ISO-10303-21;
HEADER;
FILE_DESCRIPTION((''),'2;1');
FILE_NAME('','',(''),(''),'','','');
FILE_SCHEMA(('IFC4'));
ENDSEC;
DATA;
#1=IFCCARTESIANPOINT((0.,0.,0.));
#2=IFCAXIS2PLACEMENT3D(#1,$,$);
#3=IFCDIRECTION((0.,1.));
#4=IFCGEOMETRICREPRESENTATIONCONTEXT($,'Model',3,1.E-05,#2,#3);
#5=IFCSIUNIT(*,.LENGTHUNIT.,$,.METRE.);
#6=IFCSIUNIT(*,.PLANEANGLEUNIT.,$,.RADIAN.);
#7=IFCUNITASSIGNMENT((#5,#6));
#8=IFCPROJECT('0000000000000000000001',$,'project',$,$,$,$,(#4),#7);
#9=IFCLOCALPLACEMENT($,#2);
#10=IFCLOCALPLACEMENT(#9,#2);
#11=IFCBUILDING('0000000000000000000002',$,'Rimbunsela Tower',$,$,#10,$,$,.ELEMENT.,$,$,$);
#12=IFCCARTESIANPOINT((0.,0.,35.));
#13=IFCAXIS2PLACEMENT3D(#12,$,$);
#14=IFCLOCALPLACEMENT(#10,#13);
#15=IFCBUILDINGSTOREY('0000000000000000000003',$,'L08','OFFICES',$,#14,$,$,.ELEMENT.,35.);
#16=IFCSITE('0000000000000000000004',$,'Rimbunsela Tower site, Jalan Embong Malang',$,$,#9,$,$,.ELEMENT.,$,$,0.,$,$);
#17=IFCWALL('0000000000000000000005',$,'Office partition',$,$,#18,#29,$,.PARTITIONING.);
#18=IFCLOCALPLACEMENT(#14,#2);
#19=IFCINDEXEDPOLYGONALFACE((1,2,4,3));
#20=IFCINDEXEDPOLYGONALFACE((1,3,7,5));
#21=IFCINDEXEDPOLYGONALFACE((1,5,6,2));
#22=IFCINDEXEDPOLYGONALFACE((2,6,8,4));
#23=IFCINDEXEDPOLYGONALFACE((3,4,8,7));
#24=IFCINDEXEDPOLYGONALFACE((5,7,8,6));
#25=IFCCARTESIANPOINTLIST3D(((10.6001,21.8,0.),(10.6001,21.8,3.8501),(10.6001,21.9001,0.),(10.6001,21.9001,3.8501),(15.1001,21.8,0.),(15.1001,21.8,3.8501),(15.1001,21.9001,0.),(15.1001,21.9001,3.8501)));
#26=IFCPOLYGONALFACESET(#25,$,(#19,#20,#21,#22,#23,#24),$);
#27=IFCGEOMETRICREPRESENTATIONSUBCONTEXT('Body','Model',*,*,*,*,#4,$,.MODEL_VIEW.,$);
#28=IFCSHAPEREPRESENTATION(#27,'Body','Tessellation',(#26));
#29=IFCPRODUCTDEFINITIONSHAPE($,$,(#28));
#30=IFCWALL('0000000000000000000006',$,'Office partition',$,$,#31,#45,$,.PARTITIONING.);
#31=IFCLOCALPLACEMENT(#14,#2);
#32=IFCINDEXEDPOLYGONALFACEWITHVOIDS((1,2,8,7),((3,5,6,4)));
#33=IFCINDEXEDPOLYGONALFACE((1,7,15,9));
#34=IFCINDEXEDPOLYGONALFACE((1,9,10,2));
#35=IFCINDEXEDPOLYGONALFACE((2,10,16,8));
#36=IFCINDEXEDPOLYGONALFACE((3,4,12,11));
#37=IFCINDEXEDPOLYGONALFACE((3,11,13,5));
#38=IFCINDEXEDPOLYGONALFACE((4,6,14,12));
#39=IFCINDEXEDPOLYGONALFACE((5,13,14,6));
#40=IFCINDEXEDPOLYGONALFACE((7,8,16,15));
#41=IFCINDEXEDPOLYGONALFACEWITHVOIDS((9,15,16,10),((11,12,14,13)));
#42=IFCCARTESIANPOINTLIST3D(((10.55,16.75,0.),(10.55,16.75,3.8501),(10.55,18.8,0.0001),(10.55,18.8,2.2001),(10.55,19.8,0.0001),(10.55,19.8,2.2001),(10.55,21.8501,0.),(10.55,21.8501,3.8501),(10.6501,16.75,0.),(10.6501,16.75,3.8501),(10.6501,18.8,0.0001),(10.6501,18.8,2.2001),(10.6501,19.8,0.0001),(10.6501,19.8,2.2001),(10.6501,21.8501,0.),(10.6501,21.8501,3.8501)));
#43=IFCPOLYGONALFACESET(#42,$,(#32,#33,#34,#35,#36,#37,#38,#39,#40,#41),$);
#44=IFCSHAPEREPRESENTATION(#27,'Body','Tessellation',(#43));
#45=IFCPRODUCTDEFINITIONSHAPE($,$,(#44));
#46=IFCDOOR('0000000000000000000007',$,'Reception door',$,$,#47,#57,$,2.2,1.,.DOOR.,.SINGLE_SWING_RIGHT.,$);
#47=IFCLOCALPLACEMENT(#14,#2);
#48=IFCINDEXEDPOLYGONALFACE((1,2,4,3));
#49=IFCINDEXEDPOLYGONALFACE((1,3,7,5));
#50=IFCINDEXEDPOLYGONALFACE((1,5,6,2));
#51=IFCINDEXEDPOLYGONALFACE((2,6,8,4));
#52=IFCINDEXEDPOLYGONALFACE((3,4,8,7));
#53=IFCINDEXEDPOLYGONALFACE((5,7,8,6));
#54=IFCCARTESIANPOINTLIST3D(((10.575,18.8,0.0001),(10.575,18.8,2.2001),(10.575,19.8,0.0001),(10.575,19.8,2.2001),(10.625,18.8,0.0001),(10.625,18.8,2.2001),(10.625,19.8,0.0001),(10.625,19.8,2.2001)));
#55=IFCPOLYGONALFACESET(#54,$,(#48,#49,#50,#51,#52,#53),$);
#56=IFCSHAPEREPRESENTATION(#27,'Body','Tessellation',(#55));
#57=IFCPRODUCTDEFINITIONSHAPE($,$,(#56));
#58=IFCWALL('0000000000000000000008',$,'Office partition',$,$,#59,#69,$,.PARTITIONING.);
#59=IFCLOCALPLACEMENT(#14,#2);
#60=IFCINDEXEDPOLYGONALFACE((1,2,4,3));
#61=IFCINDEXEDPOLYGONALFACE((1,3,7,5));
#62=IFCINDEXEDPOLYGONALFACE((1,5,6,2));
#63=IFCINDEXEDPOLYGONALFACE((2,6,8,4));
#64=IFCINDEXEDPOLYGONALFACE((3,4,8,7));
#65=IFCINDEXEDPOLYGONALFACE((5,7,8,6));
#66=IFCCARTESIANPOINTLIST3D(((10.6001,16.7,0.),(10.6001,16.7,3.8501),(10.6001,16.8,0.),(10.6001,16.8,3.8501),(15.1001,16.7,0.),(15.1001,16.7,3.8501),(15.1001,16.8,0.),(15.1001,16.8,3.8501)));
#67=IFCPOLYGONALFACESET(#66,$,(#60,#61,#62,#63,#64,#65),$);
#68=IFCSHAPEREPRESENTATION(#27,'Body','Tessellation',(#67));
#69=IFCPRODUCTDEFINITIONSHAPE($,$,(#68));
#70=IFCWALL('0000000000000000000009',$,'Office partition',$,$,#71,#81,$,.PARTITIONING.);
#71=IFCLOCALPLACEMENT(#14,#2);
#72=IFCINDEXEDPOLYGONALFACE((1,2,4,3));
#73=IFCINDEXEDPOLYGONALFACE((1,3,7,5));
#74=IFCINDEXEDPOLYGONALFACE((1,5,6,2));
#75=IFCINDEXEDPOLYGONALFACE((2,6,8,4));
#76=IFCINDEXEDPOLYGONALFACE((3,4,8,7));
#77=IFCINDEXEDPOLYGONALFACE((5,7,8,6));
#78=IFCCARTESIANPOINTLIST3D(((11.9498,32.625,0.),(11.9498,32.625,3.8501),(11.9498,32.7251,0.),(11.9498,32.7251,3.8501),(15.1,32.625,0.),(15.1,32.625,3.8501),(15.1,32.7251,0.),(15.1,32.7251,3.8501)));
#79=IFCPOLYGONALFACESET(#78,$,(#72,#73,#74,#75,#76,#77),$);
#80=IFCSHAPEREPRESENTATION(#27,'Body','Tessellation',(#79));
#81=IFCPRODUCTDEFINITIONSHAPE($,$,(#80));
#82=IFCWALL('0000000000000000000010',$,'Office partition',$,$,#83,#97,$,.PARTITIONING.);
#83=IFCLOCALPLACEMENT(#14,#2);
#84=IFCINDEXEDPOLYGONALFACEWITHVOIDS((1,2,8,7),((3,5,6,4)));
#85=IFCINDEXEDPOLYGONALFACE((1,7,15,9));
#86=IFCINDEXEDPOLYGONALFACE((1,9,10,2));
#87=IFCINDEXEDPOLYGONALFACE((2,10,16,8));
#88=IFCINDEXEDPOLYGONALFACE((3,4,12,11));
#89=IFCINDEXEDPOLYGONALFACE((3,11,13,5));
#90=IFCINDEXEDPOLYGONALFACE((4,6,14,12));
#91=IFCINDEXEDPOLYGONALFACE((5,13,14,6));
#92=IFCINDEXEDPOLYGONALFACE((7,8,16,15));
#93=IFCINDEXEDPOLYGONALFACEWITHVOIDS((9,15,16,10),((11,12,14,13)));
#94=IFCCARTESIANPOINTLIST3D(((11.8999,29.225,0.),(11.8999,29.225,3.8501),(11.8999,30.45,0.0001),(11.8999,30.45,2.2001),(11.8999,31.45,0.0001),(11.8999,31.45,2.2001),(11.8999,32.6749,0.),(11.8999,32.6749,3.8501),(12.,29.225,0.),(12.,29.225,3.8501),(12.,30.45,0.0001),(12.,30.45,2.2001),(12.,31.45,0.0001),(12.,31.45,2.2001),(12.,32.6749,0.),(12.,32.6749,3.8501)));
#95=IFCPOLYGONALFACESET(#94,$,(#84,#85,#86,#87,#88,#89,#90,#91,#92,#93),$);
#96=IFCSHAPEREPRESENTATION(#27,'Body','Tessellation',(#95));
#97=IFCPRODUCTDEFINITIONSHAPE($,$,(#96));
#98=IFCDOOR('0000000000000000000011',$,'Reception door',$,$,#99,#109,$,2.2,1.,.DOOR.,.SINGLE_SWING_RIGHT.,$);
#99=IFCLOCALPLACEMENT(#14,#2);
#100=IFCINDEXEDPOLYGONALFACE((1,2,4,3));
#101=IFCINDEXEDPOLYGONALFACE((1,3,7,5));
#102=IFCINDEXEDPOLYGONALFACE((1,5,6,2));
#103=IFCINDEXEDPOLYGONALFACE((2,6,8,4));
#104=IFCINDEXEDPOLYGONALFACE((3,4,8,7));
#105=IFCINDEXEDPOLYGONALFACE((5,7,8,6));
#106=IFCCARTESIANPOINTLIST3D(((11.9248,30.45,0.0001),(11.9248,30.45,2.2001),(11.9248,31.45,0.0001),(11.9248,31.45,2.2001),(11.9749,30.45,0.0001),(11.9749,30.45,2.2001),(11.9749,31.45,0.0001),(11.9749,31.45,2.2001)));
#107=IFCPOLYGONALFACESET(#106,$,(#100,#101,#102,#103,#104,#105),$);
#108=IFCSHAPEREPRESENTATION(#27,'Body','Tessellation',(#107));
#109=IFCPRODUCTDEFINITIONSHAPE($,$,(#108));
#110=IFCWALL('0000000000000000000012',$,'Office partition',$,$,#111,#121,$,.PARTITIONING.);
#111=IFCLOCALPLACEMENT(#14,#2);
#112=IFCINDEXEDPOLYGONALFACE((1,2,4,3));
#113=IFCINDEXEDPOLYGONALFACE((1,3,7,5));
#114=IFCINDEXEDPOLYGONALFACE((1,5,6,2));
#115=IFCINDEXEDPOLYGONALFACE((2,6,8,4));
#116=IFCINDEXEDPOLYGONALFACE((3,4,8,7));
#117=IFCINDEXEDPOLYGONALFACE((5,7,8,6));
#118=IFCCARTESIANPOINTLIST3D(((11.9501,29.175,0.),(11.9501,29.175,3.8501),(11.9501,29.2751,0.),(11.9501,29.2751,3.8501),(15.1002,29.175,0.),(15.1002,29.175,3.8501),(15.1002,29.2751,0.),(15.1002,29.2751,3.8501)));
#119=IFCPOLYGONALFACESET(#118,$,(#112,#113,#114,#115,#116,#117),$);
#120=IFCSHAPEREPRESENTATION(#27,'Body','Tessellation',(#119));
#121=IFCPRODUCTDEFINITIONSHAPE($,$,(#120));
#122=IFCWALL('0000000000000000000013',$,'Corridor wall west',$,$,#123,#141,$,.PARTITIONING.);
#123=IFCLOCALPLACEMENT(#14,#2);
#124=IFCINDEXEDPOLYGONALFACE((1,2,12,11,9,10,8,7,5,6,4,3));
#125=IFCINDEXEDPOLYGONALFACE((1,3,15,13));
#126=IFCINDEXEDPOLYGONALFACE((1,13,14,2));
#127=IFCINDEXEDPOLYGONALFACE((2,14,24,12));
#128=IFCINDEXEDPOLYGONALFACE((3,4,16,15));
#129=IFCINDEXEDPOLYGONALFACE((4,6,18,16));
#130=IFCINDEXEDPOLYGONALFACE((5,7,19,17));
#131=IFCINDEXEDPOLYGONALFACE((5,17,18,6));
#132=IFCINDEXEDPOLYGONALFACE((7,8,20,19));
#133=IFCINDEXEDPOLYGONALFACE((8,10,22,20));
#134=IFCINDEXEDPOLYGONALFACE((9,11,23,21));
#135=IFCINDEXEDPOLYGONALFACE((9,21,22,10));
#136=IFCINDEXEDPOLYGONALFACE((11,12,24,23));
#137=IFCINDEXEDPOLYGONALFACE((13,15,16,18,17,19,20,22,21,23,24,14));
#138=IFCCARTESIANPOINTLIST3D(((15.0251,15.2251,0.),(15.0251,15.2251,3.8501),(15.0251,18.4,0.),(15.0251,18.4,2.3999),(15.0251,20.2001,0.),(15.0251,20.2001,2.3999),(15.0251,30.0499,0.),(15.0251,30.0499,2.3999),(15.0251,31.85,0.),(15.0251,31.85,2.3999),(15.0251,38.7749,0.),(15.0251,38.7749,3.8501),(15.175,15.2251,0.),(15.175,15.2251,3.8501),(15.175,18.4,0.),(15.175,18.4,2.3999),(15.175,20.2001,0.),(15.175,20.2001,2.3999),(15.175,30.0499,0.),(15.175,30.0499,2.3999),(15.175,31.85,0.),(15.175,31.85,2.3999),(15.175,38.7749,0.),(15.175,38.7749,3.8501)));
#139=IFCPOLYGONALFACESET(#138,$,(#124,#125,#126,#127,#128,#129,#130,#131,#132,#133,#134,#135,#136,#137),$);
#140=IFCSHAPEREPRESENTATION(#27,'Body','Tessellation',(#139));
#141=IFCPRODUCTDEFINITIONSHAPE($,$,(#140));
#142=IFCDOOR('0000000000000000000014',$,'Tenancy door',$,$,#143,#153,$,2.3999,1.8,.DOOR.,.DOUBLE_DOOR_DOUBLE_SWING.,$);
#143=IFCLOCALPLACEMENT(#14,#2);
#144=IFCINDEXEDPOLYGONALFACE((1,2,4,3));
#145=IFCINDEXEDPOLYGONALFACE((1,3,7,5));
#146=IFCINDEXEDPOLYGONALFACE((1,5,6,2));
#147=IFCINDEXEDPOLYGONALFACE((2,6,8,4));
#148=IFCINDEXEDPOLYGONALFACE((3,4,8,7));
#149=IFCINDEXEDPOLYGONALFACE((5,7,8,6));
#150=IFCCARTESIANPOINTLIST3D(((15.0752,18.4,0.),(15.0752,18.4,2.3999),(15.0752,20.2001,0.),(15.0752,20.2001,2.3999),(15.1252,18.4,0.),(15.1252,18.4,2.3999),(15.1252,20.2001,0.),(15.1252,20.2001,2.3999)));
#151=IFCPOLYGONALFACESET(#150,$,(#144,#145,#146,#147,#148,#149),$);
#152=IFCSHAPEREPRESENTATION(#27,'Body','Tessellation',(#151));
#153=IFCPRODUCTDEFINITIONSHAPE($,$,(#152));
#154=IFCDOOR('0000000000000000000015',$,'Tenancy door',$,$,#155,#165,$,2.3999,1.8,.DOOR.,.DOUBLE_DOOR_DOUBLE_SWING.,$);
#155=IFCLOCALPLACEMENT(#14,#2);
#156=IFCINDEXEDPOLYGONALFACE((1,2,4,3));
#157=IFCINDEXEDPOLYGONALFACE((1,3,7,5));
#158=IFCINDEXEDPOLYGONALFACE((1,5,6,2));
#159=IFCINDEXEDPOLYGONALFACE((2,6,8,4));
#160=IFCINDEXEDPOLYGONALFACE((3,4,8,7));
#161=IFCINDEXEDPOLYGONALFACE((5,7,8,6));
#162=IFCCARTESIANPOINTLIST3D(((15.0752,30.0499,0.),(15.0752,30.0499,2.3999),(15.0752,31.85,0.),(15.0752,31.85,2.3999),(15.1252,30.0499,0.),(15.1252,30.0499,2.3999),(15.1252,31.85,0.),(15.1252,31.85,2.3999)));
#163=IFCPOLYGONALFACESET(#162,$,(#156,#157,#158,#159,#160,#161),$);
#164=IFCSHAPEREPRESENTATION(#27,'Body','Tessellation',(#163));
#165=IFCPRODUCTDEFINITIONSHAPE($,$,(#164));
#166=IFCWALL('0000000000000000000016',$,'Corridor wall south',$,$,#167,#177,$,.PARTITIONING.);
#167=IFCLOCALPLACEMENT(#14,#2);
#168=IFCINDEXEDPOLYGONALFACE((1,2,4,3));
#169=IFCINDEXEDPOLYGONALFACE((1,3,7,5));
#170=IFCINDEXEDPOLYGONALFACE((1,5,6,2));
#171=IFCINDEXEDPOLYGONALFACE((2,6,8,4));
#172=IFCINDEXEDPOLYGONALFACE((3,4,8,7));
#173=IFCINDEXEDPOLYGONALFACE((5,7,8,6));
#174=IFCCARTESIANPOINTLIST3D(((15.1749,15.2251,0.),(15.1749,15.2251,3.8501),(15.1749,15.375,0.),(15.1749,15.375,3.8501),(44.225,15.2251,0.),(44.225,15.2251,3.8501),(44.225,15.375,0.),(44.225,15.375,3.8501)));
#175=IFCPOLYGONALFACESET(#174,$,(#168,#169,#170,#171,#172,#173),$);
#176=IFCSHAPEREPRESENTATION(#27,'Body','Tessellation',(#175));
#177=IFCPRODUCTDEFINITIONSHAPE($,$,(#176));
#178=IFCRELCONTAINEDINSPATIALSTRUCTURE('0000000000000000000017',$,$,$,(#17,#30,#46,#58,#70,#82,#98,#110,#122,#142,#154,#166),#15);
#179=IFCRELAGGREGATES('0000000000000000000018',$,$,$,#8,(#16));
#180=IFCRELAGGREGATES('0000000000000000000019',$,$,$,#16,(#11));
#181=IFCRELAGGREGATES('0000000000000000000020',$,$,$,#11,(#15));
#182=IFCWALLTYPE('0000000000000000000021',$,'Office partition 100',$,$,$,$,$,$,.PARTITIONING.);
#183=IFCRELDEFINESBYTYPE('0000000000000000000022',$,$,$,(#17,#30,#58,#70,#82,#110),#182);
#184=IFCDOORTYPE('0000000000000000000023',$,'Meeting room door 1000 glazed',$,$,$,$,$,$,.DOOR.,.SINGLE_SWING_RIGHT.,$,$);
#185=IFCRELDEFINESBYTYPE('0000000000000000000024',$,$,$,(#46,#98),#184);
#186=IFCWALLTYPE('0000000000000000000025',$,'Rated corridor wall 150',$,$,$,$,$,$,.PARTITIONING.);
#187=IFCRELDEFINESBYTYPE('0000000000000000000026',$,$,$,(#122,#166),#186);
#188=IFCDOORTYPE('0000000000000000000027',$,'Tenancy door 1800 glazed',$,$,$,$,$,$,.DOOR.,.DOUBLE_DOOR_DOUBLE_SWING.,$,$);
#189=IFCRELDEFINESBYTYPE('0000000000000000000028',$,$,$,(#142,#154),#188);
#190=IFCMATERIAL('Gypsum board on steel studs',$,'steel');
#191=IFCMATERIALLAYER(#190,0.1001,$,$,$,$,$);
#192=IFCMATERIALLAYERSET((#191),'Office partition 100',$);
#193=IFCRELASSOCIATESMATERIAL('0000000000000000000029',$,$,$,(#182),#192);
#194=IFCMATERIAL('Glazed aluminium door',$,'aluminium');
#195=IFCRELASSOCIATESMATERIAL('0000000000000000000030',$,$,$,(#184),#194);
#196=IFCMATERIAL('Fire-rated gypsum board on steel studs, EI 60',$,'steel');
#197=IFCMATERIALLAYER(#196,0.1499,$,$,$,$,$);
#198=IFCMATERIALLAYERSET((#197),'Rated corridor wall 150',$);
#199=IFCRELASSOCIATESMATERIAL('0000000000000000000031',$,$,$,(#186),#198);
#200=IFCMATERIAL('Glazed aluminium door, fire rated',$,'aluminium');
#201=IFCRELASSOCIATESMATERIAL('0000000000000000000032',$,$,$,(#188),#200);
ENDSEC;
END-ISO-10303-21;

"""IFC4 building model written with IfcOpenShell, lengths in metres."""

from ifc_helpers import new_model, si_unit, direction, frame, frame_2d, origin, place, context, subcontext, project, spatial, rectangle, extrude, material, layer, layer_set, type_object, element, fill, save


model = new_model("IFC4")

# Units and contexts
model_context = context("Model", 3, precision=1e-05, world=origin(), true_north=direction((0.0, 1.0)))
body_context = subcontext(model_context, "Body", "Model", "MODEL_VIEW")
ifc_project = project(units=[si_unit("LENGTHUNIT", "METRE"), si_unit("PLANEANGLEUNIT", "RADIAN")], contexts=[model_context])

# Site, building, storey
site_placement = place(None, origin())
site = spatial("IfcSite", under=ifc_project, at=site_placement, Name="Rimbunsela Tower site, Jalan Embong Malang", CompositionType="ELEMENT", RefElevation=0.0)
building_placement = place(site_placement, origin())
building = spatial("IfcBuilding", under=site, at=building_placement, Name="Rimbunsela Tower", CompositionType="ELEMENT")
storey_placement = place(building_placement, frame((0.0, 0.0, 35.0)))
storey = spatial("IfcBuildingStorey", under=building, at=storey_placement, Name="L08", Description="OFFICES", CompositionType="ELEMENT", Elevation=35.0)

# Wall
ifc_material_1 = material(Name="Gypsum board on steel studs", Category="steel")
ifc_layer_1 = layer(ifc_material_1, 0.1001)
ifc_layer_set_1 = layer_set([ifc_layer_1], Name="Office partition 100")
wall_type_1 = type_object("IfcWallType", Name="Office partition 100", PredefinedType="PARTITIONING", material=ifc_layer_set_1)
wall_1_placement = place(storey_placement, frame((15.1001, 21.8501, 0.0), z_axis=(0.0, 0.0, 1.0), x_axis=(-1.0, 0.0, 0.0)))
element("IfcWall", 1, at=wall_1_placement, inside=storey, type_object=wall_type_1, Name="Office partition", PredefinedType="PARTITIONING", context=body_context, shape_type="SweptSolid", body=[
    extrude(rectangle(XDim=4.5, YDim=0.1001, at=frame_2d((2.25, 0.0))), origin(), (0.0, 0.0, 1.0), 3.8501),
])

# Wall, opening, door
wall_2_placement = place(storey_placement, frame((10.6001, 21.8501, 0.0), z_axis=(0.0, 0.0, 1.0), x_axis=(0.0, -1.0, 0.0)))
wall_2 = element("IfcWall", 2, at=wall_2_placement, inside=storey, type_object=wall_type_1, Name="Office partition", PredefinedType="PARTITIONING", context=body_context, shape_type="SweptSolid", body=[
    extrude(rectangle(XDim=5.1001, YDim=0.1001, at=frame_2d((2.55, 0.0))), origin(), (0.0, 0.0, 1.0), 3.8501),
])
opening_1_placement = place(wall_2_placement, frame((2.05, 0.0, 0.0)))
opening_1 = element("IfcOpeningElement", 3, at=opening_1_placement, cuts=wall_2, PredefinedType="OPENING", context=body_context, shape_type="SweptSolid", body=[
    extrude(rectangle(XDim=1.0, YDim=2.2, at=frame_2d((0.5, 1.1001))), frame((0.0, 0.0601, 0.0), z_axis=(0.0, -1.0, 0.0), x_axis=(1.0, 0.0, 0.0)), (0.0, 0.0, 1.0), 0.1201),
])
ifc_material_2 = material(Name="Glazed aluminium door", Category="aluminium")
door_type_1 = type_object("IfcDoorType", Name="Meeting room door 1000 glazed", OperationType="SINGLE_SWING_RIGHT", PredefinedType="DOOR", material=ifc_material_2)
door_1_placement = place(opening_1_placement, origin())
door_1 = element("IfcDoor", 4, at=door_1_placement, inside=storey, type_object=door_type_1, Name="Reception door", OperationType="SINGLE_SWING_RIGHT", OverallHeight=2.2, OverallWidth=1.0, PredefinedType="DOOR", context=body_context, shape_type="SweptSolid", body=[
    extrude(rectangle(XDim=1.0, YDim=2.2, at=frame_2d((0.5, 1.1001))), frame((0.0, 0.0249, 0.0), z_axis=(0.0, -1.0, 0.0), x_axis=(1.0, 0.0, 0.0)), (0.0, 0.0, 1.0), 0.05),
])
fill(opening_1, door_1)

# Walls
wall_3_placement = place(storey_placement, frame((10.6001, 16.75, 0.0), z_axis=(0.0, 0.0, 1.0), x_axis=(1.0, 0.0, 0.0)))
element("IfcWall", 5, at=wall_3_placement, inside=storey, type_object=wall_type_1, Name="Office partition", PredefinedType="PARTITIONING", context=body_context, shape_type="SweptSolid", body=[
    extrude(rectangle(XDim=4.5, YDim=0.1001, at=frame_2d((2.25, 0.0))), origin(), (0.0, 0.0, 1.0), 3.8501),
])
wall_4_placement = place(storey_placement, frame((15.1001, 32.675, 0.0), z_axis=(0.0, 0.0, 1.0), x_axis=(-1.0, 0.0, 0.0)))
element("IfcWall", 6, at=wall_4_placement, inside=storey, type_object=wall_type_1, Name="Office partition", PredefinedType="PARTITIONING", context=body_context, shape_type="SweptSolid", body=[
    extrude(rectangle(XDim=3.1501, YDim=0.1001, at=frame_2d((1.5752, 0.0))), origin(), (0.0, 0.0, 1.0), 3.8501),
])

# Wall, opening, door
wall_5_placement = place(storey_placement, frame((11.95, 32.675, 0.0), z_axis=(0.0, 0.0, 1.0), x_axis=(0.0, -1.0, 0.0)))
wall_5 = element("IfcWall", 7, at=wall_5_placement, inside=storey, type_object=wall_type_1, Name="Office partition", PredefinedType="PARTITIONING", context=body_context, shape_type="SweptSolid", body=[
    extrude(rectangle(XDim=3.45, YDim=0.1001, at=frame_2d((1.7251, 0.0))), origin(), (0.0, 0.0, 1.0), 3.8501),
])
opening_2_placement = place(wall_5_placement, frame((1.2251, 0.0, 0.0)))
opening_2 = element("IfcOpeningElement", 8, at=opening_2_placement, cuts=wall_5, PredefinedType="OPENING", context=body_context, shape_type="SweptSolid", body=[
    extrude(rectangle(XDim=1.0, YDim=2.2, at=frame_2d((0.5, 1.1001))), frame((0.0, 0.0601, 0.0), z_axis=(0.0, -1.0, 0.0), x_axis=(1.0, 0.0, 0.0)), (0.0, 0.0, 1.0), 0.1201),
])
door_2_placement = place(opening_2_placement, origin())
door_2 = element("IfcDoor", 9, at=door_2_placement, inside=storey, type_object=door_type_1, Name="Reception door", OperationType="SINGLE_SWING_RIGHT", OverallHeight=2.2, OverallWidth=1.0, PredefinedType="DOOR", context=body_context, shape_type="SweptSolid", body=[
    extrude(rectangle(XDim=1.0, YDim=2.2, at=frame_2d((0.5, 1.1001))), frame((0.0, 0.0249, 0.0), z_axis=(0.0, -1.0, 0.0), x_axis=(1.0, 0.0, 0.0)), (0.0, 0.0, 1.0), 0.05),
])
fill(opening_2, door_2)

# Wall
wall_6_placement = place(storey_placement, frame((11.95, 29.2251, 0.0), z_axis=(0.0, 0.0, 1.0), x_axis=(1.0, 0.0, 0.0)))
element("IfcWall", 10, at=wall_6_placement, inside=storey, type_object=wall_type_1, Name="Office partition", PredefinedType="PARTITIONING", context=body_context, shape_type="SweptSolid", body=[
    extrude(rectangle(XDim=3.1501, YDim=0.1001, at=frame_2d((1.5752, 0.0))), origin(), (0.0, 0.0, 1.0), 3.8501),
])

# Wall, openings, doors
ifc_material_3 = material(Name="Fire-rated gypsum board on steel studs, EI 60", Category="steel")
ifc_layer_2 = layer(ifc_material_3, 0.1499)
ifc_layer_set_2 = layer_set([ifc_layer_2], Name="Rated corridor wall 150")
wall_type_2 = type_object("IfcWallType", Name="Rated corridor wall 150", PredefinedType="PARTITIONING", material=ifc_layer_set_2)
wall_7_placement = place(storey_placement, frame((15.1001, 15.2251, 0.0), z_axis=(0.0, 0.0, 1.0), x_axis=(0.0, 1.0, 0.0)))
wall_7 = element("IfcWall", 11, at=wall_7_placement, inside=storey, type_object=wall_type_2, Name="Corridor wall west", PredefinedType="PARTITIONING", context=body_context, shape_type="SweptSolid", body=[
    extrude(rectangle(XDim=23.5498, YDim=0.1499, at=frame_2d((11.7749, 0.0))), origin(), (0.0, 0.0, 1.0), 3.8501),
])
opening_3_placement = place(wall_7_placement, frame((3.175, 0.0, 0.0)))
opening_3 = element("IfcOpeningElement", 12, at=opening_3_placement, cuts=wall_7, PredefinedType="OPENING", context=body_context, shape_type="SweptSolid", body=[
    extrude(rectangle(XDim=1.8, YDim=2.3999, at=frame_2d((0.8999, 1.2))), frame((0.0, 0.085, 0.0), z_axis=(0.0, -1.0, 0.0), x_axis=(1.0, 0.0, 0.0)), (0.0, 0.0, 1.0), 0.1699),
])
opening_4_placement = place(wall_7_placement, frame((14.825, 0.0, 0.0)))
opening_4 = element("IfcOpeningElement", 13, at=opening_4_placement, cuts=wall_7, PredefinedType="OPENING", context=body_context, shape_type="SweptSolid", body=[
    extrude(rectangle(XDim=1.8, YDim=2.3999, at=frame_2d((0.8999, 1.2))), frame((0.0, 0.085, 0.0), z_axis=(0.0, -1.0, 0.0), x_axis=(1.0, 0.0, 0.0)), (0.0, 0.0, 1.0), 0.1699),
])
ifc_material_4 = material(Name="Glazed aluminium door, fire rated", Category="aluminium")
door_type_2 = type_object("IfcDoorType", Name="Tenancy door 1800 glazed", OperationType="DOUBLE_DOOR_DOUBLE_SWING", PredefinedType="DOOR", material=ifc_material_4)
door_3_placement = place(opening_3_placement, origin())
door_3 = element("IfcDoor", 14, at=door_3_placement, inside=storey, type_object=door_type_2, Name="Tenancy door", OperationType="DOUBLE_DOOR_DOUBLE_SWING", OverallHeight=2.3999, OverallWidth=1.8, PredefinedType="DOOR", context=body_context, shape_type="SweptSolid", body=[
    extrude(rectangle(XDim=1.8, YDim=2.3999, at=frame_2d((0.8999, 1.2))), frame((0.0, 0.0249, 0.0), z_axis=(0.0, -1.0, 0.0), x_axis=(1.0, 0.0, 0.0)), (0.0, 0.0, 1.0), 0.05),
])
fill(opening_3, door_3)
door_4_placement = place(opening_4_placement, origin())
door_4 = element("IfcDoor", 15, at=door_4_placement, inside=storey, type_object=door_type_2, Name="Tenancy door", OperationType="DOUBLE_DOOR_DOUBLE_SWING", OverallHeight=2.3999, OverallWidth=1.8, PredefinedType="DOOR", context=body_context, shape_type="SweptSolid", body=[
    extrude(rectangle(XDim=1.8, YDim=2.3999, at=frame_2d((0.8999, 1.2))), frame((0.0, 0.0249, 0.0), z_axis=(0.0, -1.0, 0.0), x_axis=(1.0, 0.0, 0.0)), (0.0, 0.0, 1.0), 0.05),
])
fill(opening_4, door_4)

# Wall
wall_8_placement = place(storey_placement, frame((15.175, 15.3, 0.0), z_axis=(0.0, 0.0, 1.0), x_axis=(1.0, 0.0, 0.0)))
element("IfcWall", 16, at=wall_8_placement, inside=storey, type_object=wall_type_2, Name="Corridor wall south", PredefinedType="PARTITIONING", context=body_context, shape_type="SweptSolid", body=[
    extrude(rectangle(XDim=29.05, YDim=0.1499, at=frame_2d((14.5249, 0.0))), origin(), (0.0, 0.0, 1.0), 3.8501),
])

save(model, "model.ifc")
